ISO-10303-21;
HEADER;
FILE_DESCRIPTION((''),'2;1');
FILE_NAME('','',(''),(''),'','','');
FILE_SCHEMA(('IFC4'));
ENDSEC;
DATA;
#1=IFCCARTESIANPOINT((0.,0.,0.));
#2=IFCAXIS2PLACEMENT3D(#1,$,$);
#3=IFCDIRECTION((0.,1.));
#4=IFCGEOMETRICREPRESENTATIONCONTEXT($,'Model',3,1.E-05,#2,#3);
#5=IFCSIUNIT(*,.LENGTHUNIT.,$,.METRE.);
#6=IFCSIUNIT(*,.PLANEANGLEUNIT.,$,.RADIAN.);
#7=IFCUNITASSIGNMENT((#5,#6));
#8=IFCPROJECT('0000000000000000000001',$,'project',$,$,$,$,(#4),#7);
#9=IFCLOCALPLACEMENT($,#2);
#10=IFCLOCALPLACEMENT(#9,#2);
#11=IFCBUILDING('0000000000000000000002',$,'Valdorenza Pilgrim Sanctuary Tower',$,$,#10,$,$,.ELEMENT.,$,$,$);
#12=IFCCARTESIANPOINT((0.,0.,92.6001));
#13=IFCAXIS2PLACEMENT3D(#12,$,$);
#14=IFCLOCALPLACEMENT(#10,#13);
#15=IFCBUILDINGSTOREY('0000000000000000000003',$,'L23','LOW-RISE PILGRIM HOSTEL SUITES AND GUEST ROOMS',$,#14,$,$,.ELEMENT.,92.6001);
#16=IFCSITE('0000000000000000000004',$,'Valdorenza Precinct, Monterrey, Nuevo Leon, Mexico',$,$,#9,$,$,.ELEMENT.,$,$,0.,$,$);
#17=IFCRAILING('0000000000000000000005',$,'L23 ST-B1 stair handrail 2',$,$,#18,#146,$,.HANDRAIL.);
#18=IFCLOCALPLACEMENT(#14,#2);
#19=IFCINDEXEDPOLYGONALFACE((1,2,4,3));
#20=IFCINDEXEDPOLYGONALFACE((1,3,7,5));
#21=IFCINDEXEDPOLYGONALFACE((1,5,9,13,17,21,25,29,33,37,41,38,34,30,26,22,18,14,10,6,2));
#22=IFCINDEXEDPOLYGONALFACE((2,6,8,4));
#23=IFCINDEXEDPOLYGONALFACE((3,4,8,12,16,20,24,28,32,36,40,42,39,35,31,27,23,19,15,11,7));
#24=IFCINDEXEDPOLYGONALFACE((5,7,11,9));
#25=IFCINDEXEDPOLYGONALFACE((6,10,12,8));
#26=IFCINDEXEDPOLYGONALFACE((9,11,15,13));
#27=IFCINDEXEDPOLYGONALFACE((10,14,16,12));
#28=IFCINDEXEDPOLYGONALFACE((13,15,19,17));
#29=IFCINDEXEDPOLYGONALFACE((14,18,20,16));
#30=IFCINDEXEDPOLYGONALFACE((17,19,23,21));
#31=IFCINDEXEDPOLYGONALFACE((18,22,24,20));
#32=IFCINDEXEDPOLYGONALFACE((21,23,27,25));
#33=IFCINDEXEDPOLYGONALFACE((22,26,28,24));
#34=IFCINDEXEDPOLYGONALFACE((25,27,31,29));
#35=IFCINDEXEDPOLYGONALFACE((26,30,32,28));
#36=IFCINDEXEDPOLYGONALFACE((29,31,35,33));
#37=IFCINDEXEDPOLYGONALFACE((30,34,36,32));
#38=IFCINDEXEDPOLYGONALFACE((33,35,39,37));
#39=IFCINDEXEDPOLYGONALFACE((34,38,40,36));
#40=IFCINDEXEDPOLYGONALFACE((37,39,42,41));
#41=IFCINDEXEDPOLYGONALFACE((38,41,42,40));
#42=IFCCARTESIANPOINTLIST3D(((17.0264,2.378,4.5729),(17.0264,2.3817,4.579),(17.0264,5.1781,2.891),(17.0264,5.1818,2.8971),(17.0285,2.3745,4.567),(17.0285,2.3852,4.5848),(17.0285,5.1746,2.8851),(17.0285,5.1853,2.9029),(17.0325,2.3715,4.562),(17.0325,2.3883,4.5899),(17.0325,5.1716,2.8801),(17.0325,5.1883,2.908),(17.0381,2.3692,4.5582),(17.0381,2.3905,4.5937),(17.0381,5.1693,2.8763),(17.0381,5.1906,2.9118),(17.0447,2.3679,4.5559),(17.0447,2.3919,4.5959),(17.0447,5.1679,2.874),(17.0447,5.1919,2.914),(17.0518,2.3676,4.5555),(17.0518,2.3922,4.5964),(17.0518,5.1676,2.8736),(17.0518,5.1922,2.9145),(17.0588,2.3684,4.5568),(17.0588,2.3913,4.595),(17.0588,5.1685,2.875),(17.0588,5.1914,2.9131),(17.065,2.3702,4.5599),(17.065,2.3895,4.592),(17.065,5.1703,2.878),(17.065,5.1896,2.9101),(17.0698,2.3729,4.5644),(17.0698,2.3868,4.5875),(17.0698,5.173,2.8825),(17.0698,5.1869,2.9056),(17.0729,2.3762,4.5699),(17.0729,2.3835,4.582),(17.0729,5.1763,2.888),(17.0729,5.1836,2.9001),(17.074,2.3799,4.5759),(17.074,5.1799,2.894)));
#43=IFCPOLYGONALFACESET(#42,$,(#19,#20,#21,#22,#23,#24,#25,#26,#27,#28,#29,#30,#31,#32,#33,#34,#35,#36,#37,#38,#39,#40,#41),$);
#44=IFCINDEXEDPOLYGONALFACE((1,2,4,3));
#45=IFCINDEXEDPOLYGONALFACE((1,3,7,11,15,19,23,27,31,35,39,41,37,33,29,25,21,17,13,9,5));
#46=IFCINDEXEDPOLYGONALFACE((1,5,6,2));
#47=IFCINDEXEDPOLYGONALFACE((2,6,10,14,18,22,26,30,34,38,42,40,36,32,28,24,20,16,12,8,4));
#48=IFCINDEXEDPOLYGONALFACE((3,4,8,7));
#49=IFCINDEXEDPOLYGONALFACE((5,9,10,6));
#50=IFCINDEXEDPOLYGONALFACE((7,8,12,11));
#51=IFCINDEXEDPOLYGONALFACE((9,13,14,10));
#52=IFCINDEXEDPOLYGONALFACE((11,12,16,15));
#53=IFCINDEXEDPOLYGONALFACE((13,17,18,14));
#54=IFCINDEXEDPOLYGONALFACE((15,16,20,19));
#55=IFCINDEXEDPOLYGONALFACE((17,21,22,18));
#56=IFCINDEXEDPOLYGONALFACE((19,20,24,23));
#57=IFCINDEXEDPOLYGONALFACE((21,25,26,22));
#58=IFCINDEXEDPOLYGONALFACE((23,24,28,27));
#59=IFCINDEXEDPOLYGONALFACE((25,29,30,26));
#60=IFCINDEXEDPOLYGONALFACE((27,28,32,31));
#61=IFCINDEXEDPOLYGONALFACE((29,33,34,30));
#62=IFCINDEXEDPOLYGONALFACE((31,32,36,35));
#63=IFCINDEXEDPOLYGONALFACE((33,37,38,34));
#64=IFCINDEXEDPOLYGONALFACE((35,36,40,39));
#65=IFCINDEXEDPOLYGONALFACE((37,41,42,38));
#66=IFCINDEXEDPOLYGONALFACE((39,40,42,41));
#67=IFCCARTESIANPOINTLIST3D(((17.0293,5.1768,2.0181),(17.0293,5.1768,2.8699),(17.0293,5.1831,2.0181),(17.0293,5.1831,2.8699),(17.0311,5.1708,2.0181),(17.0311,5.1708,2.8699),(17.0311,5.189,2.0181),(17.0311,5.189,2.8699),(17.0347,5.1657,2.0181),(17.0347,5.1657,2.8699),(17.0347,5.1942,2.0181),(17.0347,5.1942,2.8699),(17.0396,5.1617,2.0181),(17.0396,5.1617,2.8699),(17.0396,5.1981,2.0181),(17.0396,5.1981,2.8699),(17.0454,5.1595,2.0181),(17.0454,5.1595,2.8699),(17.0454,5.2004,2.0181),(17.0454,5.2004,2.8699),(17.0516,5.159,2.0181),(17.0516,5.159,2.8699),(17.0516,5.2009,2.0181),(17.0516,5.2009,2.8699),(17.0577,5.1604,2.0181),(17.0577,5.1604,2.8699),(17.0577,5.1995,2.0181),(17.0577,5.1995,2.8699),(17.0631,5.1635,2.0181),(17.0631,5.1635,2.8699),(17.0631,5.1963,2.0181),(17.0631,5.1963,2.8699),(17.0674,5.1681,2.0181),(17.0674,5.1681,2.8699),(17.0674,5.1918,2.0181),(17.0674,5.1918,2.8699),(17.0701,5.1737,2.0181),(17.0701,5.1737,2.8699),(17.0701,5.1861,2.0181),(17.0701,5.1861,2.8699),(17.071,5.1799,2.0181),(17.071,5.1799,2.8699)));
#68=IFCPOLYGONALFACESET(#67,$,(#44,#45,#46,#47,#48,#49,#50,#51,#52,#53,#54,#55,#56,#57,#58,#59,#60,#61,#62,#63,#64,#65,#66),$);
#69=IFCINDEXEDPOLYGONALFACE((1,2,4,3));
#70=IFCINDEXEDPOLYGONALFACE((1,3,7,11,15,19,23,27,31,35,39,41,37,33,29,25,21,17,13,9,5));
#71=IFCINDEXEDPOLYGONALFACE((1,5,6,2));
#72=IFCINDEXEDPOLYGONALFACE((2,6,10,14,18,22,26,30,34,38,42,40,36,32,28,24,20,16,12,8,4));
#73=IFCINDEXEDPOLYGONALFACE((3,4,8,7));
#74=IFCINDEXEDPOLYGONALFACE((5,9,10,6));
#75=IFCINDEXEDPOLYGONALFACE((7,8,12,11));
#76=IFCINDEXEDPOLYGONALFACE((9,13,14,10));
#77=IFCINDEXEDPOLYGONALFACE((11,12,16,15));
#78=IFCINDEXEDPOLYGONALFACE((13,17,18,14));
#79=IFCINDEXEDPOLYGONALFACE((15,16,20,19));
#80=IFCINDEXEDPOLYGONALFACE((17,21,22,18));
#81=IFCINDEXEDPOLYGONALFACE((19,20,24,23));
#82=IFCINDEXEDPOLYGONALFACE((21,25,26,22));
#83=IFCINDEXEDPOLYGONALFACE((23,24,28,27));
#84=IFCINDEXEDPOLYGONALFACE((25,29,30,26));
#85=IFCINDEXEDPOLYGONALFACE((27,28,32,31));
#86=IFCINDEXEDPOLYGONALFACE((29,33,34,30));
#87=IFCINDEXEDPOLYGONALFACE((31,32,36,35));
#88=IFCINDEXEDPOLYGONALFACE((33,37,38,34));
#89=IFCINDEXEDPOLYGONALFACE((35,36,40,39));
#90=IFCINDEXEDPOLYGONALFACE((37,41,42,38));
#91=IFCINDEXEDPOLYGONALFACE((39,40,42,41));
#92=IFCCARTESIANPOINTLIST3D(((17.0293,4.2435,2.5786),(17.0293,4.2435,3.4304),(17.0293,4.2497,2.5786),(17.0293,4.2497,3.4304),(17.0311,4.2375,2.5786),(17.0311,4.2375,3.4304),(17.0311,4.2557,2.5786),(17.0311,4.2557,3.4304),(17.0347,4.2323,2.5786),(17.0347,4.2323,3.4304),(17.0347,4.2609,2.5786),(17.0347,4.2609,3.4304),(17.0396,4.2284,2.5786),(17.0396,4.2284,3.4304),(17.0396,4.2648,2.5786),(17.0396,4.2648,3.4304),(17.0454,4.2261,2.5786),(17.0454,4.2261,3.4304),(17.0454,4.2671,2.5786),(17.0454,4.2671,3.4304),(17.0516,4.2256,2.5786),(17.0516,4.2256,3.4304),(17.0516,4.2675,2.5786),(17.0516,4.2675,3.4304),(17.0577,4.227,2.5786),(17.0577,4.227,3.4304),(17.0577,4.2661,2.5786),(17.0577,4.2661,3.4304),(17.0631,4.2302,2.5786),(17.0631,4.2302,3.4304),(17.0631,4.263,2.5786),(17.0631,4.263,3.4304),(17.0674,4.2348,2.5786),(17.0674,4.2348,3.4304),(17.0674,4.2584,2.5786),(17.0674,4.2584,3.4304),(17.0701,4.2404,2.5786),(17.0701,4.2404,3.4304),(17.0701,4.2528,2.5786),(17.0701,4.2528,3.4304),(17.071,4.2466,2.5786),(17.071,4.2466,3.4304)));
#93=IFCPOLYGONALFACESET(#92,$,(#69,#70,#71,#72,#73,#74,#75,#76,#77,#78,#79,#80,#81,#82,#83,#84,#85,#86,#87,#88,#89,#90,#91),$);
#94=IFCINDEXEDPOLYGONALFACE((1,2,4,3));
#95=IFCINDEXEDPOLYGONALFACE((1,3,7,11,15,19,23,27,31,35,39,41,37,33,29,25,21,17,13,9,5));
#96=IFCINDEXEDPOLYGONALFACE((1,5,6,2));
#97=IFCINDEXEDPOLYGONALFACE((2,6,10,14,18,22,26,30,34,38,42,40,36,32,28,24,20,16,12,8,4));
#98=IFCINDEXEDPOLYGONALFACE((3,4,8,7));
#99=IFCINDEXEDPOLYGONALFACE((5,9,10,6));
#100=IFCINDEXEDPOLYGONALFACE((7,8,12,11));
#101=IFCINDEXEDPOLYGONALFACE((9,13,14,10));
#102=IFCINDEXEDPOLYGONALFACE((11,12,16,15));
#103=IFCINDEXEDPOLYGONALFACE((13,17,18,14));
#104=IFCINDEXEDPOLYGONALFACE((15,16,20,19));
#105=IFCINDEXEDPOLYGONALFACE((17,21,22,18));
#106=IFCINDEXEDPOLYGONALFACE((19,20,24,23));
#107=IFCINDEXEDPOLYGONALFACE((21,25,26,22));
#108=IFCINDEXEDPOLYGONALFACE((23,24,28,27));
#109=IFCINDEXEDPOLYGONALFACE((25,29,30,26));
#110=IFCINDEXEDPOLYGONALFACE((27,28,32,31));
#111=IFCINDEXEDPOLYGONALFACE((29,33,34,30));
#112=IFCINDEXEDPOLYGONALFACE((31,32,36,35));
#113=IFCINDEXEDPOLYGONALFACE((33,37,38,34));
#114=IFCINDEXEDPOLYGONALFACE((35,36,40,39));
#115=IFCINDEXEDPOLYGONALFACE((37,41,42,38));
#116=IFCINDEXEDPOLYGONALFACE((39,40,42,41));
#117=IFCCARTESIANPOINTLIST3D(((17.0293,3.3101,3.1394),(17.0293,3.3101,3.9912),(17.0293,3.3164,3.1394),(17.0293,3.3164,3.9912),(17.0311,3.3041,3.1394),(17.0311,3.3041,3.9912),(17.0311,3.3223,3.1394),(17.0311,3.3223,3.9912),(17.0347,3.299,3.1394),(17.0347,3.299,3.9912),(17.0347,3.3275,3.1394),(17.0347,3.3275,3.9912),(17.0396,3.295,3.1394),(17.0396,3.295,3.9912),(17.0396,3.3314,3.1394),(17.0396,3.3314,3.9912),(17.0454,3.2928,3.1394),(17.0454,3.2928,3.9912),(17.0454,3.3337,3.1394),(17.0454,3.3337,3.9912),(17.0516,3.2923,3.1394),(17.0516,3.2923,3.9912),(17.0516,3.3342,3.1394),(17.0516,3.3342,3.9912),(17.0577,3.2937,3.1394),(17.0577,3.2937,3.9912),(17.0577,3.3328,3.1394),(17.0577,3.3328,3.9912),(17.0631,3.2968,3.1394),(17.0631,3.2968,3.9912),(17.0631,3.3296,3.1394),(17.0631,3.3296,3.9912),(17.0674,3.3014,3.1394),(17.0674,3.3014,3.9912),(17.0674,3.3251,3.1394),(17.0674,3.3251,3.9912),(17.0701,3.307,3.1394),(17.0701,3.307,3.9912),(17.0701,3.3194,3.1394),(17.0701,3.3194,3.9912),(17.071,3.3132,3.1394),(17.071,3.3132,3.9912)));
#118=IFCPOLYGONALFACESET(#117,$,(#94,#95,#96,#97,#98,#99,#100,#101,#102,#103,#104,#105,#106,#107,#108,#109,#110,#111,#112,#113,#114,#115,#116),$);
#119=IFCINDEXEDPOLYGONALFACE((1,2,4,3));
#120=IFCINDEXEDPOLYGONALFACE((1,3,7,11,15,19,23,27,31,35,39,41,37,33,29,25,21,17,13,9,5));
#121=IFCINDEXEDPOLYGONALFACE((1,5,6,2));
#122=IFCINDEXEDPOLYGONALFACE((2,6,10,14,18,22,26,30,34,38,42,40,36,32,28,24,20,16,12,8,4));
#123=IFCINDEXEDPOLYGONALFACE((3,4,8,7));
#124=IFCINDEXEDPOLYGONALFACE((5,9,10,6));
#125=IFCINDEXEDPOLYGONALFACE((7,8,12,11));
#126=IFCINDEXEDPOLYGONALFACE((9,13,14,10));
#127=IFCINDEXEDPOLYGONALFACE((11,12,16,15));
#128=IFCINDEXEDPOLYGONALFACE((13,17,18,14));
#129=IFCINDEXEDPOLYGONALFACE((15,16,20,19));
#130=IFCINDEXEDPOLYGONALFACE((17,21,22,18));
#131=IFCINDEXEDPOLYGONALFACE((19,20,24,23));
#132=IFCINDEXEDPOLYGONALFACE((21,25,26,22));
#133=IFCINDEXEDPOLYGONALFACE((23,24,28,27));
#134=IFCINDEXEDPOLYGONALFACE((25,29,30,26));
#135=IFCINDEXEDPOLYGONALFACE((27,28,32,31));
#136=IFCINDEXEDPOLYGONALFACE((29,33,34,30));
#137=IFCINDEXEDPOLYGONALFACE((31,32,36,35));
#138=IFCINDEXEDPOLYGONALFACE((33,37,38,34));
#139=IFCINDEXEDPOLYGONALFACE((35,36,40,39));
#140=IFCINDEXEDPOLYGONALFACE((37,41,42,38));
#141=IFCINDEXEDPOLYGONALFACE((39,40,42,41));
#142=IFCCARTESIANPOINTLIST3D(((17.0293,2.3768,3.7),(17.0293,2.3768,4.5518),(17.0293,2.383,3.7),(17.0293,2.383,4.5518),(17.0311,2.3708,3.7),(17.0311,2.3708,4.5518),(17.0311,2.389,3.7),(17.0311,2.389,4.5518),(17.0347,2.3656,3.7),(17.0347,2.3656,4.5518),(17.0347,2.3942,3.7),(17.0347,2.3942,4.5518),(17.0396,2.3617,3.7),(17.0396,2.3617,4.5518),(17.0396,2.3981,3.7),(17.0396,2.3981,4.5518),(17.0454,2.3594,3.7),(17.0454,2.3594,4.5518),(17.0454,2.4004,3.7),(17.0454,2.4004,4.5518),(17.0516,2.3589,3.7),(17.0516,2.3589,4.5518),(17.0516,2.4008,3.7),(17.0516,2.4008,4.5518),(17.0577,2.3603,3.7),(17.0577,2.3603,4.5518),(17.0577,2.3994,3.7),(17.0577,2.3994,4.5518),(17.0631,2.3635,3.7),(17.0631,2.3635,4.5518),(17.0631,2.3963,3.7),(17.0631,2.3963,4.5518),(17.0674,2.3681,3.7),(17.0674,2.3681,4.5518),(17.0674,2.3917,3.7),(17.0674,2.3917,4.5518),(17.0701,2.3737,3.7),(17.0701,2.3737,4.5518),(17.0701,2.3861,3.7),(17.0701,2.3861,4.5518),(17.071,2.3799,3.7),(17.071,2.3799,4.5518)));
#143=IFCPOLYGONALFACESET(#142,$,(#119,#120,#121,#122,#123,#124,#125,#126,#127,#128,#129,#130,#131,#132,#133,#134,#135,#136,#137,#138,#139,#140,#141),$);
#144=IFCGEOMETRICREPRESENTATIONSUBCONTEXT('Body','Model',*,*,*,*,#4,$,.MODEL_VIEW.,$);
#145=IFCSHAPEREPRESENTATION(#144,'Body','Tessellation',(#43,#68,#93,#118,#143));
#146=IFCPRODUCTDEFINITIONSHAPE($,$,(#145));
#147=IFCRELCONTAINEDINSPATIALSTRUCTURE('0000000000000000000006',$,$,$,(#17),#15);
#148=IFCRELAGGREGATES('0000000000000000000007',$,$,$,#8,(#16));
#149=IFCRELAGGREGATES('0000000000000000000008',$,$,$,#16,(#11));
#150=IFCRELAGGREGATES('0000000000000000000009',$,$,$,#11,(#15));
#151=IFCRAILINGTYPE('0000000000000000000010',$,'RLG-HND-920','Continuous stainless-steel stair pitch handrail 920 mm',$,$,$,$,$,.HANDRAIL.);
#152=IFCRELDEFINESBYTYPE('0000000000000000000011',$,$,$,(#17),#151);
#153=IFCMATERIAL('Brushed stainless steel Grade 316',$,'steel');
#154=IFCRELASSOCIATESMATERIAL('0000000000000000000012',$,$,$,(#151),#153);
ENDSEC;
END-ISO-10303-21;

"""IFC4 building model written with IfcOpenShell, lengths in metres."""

from ifc_helpers import new_model, si_unit, direction, frame, origin, origin_2d, place, context, subcontext, project, spatial, circle, extrude, material, type_object, element, save


model = new_model("IFC4")

# Units and contexts
model_context = context("Model", 3, precision=1e-05, world=origin(), true_north=direction((0.0, 1.0)))
body_context = subcontext(model_context, "Body", "Model", "MODEL_VIEW")
ifc_project = project(units=[si_unit("LENGTHUNIT", "METRE"), si_unit("PLANEANGLEUNIT", "RADIAN")], contexts=[model_context])

# Site, building, storey
site_placement = place(None, origin())
site = spatial("IfcSite", under=ifc_project, at=site_placement, Name="Valdorenza Precinct, Monterrey, Nuevo Leon, Mexico", CompositionType="ELEMENT", RefElevation=0.0)
building_placement = place(site_placement, origin())
building = spatial("IfcBuilding", under=site, at=building_placement, Name="Valdorenza Pilgrim Sanctuary Tower", CompositionType="ELEMENT")
storey_placement = place(building_placement, frame((0.0, 0.0, 92.6001)))
storey = spatial("IfcBuildingStorey", under=building, at=storey_placement, Name="L23", Description="LOW-RISE PILGRIM HOSTEL SUITES AND GUEST ROOMS", CompositionType="ELEMENT", Elevation=92.6001)

# Railing
ifc_material_1 = material(Name="Brushed stainless steel Grade 316", Category="steel")
railing_type_1 = type_object("IfcRailingType", Name="RLG-HND-920", Description="Continuous stainless-steel stair pitch handrail 920 mm", PredefinedType="HANDRAIL", material=ifc_material_1)
railing_1_placement = place(storey_placement, frame((17.05, 5.1799, 2.0181)))
element("IfcRailing", 1, at=railing_1_placement, inside=storey, type_object=railing_type_1, Name="L23 ST-B1 stair handrail 2", PredefinedType="HANDRAIL", context=body_context, shape_type="SweptSolid", body=[
    extrude(circle(Radius=0.0239, at=origin_2d()), frame((0.0, 0.0, 0.876), z_axis=(0.0, -0.857242, 0.514913), x_axis=(1.0, 0.0, 0.0)), (0.0, 0.0, 1.0), 3.2664),
    extrude(circle(Radius=0.021, at=origin_2d()), origin(), (0.0, 0.0, 1.0), 0.8518),
    extrude(circle(Radius=0.021, at=origin_2d()), frame((0.0, -0.9333, 0.5605)), (0.0, 0.0, 1.0), 0.8518),
    extrude(circle(Radius=0.021, at=origin_2d()), frame((0.0, -1.8667, 1.1213)), (0.0, 0.0, 1.0), 0.8518),
    extrude(circle(Radius=0.021, at=origin_2d()), frame((0.0, -2.8, 1.6819)), (0.0, 0.0, 1.0), 0.8518),
])

save(model, "model.ifc")
